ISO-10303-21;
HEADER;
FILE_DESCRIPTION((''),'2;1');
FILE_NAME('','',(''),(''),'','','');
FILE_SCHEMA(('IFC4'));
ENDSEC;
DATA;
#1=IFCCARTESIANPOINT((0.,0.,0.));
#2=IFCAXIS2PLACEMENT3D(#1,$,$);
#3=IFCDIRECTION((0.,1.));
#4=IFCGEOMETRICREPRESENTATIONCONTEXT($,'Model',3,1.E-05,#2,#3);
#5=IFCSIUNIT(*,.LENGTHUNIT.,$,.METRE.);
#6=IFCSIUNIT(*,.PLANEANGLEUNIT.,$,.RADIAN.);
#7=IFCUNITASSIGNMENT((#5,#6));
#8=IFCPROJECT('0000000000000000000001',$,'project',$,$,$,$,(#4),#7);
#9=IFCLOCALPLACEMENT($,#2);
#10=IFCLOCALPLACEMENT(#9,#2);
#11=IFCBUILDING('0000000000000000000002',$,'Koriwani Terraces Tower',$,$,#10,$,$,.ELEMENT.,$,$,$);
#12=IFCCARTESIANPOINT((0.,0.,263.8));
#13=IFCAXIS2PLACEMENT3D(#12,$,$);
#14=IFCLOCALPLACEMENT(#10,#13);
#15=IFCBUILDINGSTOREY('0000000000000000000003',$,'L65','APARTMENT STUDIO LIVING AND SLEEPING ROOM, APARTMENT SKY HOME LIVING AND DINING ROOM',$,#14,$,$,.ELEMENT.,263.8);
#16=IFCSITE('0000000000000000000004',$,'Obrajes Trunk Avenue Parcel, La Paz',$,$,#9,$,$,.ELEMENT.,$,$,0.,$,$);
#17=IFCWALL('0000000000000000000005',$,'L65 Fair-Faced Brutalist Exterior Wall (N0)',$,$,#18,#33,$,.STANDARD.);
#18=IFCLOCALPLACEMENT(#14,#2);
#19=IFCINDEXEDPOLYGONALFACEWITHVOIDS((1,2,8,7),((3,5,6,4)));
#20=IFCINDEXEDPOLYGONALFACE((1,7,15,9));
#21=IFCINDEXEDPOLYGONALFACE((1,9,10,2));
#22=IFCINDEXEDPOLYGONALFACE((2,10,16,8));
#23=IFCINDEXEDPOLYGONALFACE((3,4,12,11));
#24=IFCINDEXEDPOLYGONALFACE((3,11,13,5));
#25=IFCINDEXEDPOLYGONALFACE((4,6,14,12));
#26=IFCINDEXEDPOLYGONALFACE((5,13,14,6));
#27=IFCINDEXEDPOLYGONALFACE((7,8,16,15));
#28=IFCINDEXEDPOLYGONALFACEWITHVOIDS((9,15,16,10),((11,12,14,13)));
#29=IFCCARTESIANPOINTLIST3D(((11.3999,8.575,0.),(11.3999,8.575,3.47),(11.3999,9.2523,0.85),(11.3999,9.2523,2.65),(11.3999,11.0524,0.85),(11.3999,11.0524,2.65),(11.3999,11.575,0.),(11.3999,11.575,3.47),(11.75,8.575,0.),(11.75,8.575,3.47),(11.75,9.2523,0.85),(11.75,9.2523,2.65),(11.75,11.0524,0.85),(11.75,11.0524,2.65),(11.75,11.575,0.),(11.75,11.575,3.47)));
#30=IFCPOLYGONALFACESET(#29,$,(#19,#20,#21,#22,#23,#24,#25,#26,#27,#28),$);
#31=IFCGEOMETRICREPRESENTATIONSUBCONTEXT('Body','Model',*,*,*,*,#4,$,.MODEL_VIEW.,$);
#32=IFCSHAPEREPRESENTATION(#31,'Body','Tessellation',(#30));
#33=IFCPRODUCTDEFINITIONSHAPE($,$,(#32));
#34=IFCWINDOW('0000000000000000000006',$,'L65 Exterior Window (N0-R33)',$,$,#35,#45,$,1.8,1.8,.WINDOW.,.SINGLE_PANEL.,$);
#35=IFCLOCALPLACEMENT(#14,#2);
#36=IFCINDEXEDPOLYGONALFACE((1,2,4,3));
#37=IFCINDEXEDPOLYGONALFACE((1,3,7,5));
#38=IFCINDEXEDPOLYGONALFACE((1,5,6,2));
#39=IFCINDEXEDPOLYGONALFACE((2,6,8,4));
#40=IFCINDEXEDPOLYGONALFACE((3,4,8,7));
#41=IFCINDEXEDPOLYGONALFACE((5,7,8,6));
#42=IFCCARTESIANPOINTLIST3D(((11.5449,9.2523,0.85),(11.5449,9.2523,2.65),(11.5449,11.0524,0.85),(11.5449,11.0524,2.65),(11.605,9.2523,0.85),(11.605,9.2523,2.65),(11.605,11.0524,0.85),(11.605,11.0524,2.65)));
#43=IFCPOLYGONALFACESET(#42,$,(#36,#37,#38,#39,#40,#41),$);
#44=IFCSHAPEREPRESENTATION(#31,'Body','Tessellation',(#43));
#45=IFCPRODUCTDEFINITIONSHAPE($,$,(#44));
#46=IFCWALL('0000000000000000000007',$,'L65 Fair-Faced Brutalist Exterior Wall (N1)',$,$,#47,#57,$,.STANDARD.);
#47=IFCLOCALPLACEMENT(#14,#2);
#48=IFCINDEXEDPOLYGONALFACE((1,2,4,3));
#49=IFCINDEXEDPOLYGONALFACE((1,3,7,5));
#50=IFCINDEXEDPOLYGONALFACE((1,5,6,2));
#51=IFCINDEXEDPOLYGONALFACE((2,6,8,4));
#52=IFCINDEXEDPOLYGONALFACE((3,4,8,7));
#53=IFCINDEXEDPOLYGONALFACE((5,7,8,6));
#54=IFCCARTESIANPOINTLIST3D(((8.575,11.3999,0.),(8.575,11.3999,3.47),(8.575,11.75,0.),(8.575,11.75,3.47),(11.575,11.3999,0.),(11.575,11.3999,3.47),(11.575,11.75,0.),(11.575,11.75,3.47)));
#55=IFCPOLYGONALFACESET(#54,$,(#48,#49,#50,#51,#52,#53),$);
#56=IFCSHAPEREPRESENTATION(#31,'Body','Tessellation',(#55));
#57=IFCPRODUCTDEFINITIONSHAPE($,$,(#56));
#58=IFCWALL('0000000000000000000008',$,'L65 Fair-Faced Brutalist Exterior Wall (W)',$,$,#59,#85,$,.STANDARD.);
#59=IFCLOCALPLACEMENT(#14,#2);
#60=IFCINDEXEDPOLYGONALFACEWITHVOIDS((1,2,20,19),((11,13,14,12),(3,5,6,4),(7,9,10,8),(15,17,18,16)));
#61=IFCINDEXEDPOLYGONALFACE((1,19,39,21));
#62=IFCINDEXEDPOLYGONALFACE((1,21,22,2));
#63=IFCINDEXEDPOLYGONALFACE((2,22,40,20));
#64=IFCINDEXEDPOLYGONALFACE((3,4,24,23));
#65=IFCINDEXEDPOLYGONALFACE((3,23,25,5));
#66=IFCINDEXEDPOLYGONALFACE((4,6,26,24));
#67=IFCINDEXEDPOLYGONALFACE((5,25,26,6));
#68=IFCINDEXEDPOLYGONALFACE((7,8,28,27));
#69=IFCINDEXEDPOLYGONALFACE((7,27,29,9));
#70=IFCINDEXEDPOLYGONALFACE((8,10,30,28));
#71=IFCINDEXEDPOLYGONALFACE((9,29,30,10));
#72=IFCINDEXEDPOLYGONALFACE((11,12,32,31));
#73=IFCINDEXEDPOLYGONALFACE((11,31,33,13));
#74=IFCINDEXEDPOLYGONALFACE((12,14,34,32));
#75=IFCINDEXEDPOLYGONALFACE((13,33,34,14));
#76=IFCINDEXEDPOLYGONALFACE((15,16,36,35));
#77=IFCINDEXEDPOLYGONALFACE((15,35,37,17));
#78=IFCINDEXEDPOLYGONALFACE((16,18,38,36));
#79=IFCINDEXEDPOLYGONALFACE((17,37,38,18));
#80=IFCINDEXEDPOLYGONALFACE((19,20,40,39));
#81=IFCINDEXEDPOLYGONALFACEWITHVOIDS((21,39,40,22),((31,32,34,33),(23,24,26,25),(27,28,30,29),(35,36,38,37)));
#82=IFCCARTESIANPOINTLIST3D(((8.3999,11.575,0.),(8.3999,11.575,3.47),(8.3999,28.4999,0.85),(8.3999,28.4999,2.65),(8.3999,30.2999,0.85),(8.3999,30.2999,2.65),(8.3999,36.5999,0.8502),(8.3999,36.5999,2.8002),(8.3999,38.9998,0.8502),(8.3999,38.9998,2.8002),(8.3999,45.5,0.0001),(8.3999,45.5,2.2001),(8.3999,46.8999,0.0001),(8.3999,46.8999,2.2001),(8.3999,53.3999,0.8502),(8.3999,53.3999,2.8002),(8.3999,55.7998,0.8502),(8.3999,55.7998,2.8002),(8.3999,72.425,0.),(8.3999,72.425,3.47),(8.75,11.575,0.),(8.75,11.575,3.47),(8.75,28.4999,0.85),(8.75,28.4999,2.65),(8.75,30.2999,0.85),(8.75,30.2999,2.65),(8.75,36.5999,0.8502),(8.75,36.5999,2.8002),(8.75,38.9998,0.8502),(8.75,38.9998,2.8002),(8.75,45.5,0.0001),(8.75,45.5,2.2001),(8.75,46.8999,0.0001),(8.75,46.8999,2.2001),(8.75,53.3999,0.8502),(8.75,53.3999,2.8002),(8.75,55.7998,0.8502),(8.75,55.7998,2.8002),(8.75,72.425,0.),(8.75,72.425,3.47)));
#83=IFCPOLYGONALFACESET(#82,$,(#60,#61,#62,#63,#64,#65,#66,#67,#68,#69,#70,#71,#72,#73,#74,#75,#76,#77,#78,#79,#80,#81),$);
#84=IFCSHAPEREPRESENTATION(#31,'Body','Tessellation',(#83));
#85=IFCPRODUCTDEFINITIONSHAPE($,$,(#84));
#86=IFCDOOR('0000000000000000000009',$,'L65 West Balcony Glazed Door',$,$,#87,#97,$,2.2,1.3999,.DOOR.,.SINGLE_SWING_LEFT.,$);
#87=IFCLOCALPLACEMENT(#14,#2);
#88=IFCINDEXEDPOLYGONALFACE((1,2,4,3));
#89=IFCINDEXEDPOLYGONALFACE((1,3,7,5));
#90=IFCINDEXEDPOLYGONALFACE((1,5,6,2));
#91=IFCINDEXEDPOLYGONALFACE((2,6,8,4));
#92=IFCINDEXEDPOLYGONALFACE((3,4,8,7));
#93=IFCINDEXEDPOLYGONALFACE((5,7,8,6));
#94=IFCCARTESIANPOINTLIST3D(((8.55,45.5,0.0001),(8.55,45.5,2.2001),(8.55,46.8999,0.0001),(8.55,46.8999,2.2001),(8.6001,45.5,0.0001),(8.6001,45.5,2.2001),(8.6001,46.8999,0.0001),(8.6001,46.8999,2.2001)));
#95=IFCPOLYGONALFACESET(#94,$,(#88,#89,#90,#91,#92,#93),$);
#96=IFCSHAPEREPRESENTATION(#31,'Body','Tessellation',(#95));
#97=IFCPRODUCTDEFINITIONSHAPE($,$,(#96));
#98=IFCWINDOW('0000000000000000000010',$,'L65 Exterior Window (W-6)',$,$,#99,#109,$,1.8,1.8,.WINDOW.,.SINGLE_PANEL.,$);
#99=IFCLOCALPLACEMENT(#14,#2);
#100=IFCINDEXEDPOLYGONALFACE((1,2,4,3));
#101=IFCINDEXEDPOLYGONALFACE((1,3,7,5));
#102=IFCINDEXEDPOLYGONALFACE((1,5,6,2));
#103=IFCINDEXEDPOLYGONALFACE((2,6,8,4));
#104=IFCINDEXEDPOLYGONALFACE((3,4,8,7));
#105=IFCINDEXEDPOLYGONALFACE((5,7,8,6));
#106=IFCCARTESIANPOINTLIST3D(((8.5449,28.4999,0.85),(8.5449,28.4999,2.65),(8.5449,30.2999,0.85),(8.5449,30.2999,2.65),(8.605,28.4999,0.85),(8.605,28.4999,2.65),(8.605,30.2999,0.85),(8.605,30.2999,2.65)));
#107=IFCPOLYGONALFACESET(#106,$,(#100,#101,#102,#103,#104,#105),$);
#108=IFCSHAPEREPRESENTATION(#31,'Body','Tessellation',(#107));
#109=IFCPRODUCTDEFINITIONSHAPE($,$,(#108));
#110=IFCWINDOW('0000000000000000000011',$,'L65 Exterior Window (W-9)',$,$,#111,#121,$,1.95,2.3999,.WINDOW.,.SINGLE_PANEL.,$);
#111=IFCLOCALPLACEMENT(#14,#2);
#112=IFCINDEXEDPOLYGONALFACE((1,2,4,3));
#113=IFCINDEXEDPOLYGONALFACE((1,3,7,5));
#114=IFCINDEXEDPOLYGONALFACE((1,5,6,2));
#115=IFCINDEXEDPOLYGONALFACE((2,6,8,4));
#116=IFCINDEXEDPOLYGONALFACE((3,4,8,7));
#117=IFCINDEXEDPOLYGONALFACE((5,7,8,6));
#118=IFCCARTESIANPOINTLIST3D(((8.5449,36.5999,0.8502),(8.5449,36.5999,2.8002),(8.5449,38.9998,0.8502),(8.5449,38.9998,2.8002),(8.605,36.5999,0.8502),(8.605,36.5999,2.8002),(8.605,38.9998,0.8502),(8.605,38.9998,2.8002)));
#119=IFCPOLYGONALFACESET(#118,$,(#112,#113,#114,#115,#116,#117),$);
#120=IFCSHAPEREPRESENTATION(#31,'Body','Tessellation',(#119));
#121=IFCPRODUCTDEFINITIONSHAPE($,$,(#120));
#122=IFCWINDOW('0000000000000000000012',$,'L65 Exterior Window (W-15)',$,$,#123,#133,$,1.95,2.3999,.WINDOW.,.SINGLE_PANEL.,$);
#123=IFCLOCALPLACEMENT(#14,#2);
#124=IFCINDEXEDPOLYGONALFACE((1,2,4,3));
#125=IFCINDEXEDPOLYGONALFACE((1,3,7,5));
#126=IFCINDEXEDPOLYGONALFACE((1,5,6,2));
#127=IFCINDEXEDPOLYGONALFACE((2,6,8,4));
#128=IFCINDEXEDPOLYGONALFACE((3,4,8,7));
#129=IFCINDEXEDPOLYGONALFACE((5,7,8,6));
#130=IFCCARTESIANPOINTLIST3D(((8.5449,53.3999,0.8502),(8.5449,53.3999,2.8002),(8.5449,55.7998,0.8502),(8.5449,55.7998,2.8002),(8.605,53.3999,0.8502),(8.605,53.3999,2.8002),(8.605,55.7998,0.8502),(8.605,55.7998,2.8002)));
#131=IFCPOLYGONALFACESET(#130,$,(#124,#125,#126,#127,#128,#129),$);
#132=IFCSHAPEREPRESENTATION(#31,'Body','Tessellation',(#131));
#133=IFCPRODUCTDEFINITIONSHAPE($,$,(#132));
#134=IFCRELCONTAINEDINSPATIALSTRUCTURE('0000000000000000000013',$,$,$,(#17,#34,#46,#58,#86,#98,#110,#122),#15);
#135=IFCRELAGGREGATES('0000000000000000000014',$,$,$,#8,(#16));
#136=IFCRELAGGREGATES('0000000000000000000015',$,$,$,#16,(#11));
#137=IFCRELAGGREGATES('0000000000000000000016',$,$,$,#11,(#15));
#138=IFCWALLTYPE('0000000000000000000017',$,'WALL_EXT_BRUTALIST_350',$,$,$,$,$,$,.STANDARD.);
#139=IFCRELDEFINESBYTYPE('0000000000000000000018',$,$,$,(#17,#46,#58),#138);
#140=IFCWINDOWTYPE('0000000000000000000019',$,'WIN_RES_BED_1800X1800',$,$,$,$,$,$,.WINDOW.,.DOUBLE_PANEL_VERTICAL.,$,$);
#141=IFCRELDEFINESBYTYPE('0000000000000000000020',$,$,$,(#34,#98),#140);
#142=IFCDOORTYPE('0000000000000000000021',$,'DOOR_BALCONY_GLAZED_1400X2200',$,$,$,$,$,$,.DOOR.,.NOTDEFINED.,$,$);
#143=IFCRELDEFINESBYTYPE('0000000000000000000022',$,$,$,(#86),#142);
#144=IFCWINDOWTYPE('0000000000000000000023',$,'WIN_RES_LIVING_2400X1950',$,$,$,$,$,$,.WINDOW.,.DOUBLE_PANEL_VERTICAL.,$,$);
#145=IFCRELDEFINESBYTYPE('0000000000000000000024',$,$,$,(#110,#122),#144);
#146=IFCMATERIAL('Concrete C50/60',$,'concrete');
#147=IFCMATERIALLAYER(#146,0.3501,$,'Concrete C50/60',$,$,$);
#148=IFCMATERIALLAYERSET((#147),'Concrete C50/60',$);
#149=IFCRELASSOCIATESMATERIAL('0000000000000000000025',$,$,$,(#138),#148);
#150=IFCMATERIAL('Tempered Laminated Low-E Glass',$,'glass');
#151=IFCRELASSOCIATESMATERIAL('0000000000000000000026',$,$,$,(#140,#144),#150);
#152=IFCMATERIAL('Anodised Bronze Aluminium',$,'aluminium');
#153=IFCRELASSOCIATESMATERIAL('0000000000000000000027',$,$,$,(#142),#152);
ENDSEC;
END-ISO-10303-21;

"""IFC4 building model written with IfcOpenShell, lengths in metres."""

from ifc_helpers import new_model, si_unit, direction, frame, frame_2d, origin, place, context, subcontext, project, spatial, rectangle, extrude, material, layer, layer_set, type_object, element, fill, save


model = new_model("IFC4")

# Units and contexts
model_context = context("Model", 3, precision=1e-05, world=origin(), true_north=direction((0.0, 1.0)))
body_context = subcontext(model_context, "Body", "Model", "MODEL_VIEW")
ifc_project = project(units=[si_unit("LENGTHUNIT", "METRE"), si_unit("PLANEANGLEUNIT", "RADIAN")], contexts=[model_context])

# Site, building, storey
site_placement = place(None, origin())
site = spatial("IfcSite", under=ifc_project, at=site_placement, Name="Obrajes Trunk Avenue Parcel, La Paz", CompositionType="ELEMENT", RefElevation=0.0)
building_placement = place(site_placement, origin())
building = spatial("IfcBuilding", under=site, at=building_placement, Name="Koriwani Terraces Tower", CompositionType="ELEMENT")
storey_placement = place(building_placement, frame((0.0, 0.0, 263.8)))
storey = spatial("IfcBuildingStorey", under=building, at=storey_placement, Name="L65", Description="APARTMENT STUDIO LIVING AND SLEEPING ROOM, APARTMENT SKY HOME LIVING AND DINING ROOM", CompositionType="ELEMENT", Elevation=263.8)

# Shared definitions
ifc_material_1 = material(Name="Concrete C50/60", Category="concrete")

# Wall, opening, window
ifc_layer_1 = layer(ifc_material_1, 0.3501, Name="Concrete C50/60")
ifc_layer_set_1 = layer_set([ifc_layer_1], Name="Concrete C50/60")
wall_type_1 = type_object("IfcWallType", Name="WALL_EXT_BRUTALIST_350", PredefinedType="STANDARD", material=ifc_layer_set_1)
wall_1_placement = place(storey_placement, frame((11.575, 8.575, 0.0), z_axis=(0.0, 0.0, 1.0), x_axis=(0.0, 1.0, 0.0)))
wall_1 = element("IfcWall", 1, at=wall_1_placement, inside=storey, type_object=wall_type_1, Name="L65 Fair-Faced Brutalist Exterior Wall (N0)", PredefinedType="STANDARD", context=body_context, shape_type="SweptSolid", body=[
    extrude(rectangle(XDim=3.0, YDim=0.3501, at=frame_2d((1.5, 0.0))), origin(), (0.0, 0.0, 1.0), 3.47),
])
opening_1_placement = place(wall_1_placement, frame((0.6775, 0.0, 0.8501)))
opening_1 = element("IfcOpeningElement", 2, at=opening_1_placement, cuts=wall_1, PredefinedType="OPENING", context=body_context, shape_type="SweptSolid", body=[
    extrude(rectangle(XDim=1.8, YDim=1.8, at=frame_2d((0.8999, 0.8999))), frame((0.0, 0.1851, 0.0), z_axis=(0.0, -1.0, 0.0), x_axis=(1.0, 0.0, 0.0)), (0.0, 0.0, 1.0), 0.3701),
])
ifc_material_2 = material(Name="Tempered Laminated Low-E Glass", Category="glass")
window_type_1 = type_object("IfcWindowType", Name="WIN_RES_BED_1800X1800", PartitioningType="DOUBLE_PANEL_VERTICAL", PredefinedType="WINDOW", material=ifc_material_2)
window_1_placement = place(opening_1_placement, origin())
window_1 = element("IfcWindow", 3, at=window_1_placement, inside=storey, type_object=window_type_1, Name="L65 Exterior Window (N0-R33)", OverallHeight=1.8, OverallWidth=1.8, PartitioningType="SINGLE_PANEL", PredefinedType="WINDOW", context=body_context, shape_type="SweptSolid", body=[
    extrude(rectangle(XDim=1.8, YDim=1.8, at=frame_2d((0.8999, 0.8999))), frame((0.0, 0.03, 0.0), z_axis=(0.0, -1.0, 0.0), x_axis=(1.0, 0.0, 0.0)), (0.0, 0.0, 1.0), 0.0601),
])
fill(opening_1, window_1)

# Wall
wall_2_placement = place(storey_placement, frame((11.575, 11.575, 0.0), z_axis=(0.0, 0.0, 1.0), x_axis=(-1.0, 0.0, 0.0)))
element("IfcWall", 4, at=wall_2_placement, inside=storey, type_object=wall_type_1, Name="L65 Fair-Faced Brutalist Exterior Wall (N1)", PredefinedType="STANDARD", context=body_context, shape_type="SweptSolid", body=[
    extrude(rectangle(XDim=3.0, YDim=0.3501, at=frame_2d((1.5, 0.0))), origin(), (0.0, 0.0, 1.0), 3.47),
])

# Wall, openings, door, windows
wall_3_placement = place(storey_placement, frame((8.575, 11.575, 0.0), z_axis=(0.0, 0.0, 1.0), x_axis=(0.0, 1.0, 0.0)))
wall_3 = element("IfcWall", 5, at=wall_3_placement, inside=storey, type_object=wall_type_1, Name="L65 Fair-Faced Brutalist Exterior Wall (W)", PredefinedType="STANDARD", context=body_context, shape_type="SweptSolid", body=[
    extrude(rectangle(XDim=60.8501, YDim=0.3501, at=frame_2d((30.425, 0.0))), origin(), (0.0, 0.0, 1.0), 3.47),
])
opening_2_placement = place(wall_3_placement, frame((33.925, 0.0, 0.0)))
opening_2 = element("IfcOpeningElement", 6, at=opening_2_placement, cuts=wall_3, PredefinedType="OPENING", context=body_context, shape_type="SweptSolid", body=[
    extrude(rectangle(XDim=1.3999, YDim=2.2, at=frame_2d((0.7, 1.1001))), frame((0.0, 0.1851, 0.0), z_axis=(0.0, -1.0, 0.0), x_axis=(1.0, 0.0, 0.0)), (0.0, 0.0, 1.0), 0.3701),
])
opening_3_placement = place(wall_3_placement, frame((16.925, 0.0, 0.8501)))
opening_3 = element("IfcOpeningElement", 7, at=opening_3_placement, cuts=wall_3, PredefinedType="OPENING", context=body_context, shape_type="SweptSolid", body=[
    extrude(rectangle(XDim=1.8, YDim=1.8, at=frame_2d((0.8999, 0.8999))), frame((0.0, 0.1851, 0.0), z_axis=(0.0, -1.0, 0.0), x_axis=(1.0, 0.0, 0.0)), (0.0, 0.0, 1.0), 0.3701),
])
opening_4_placement = place(wall_3_placement, frame((25.0249, 0.0, 0.8501)))
opening_4 = element("IfcOpeningElement", 8, at=opening_4_placement, cuts=wall_3, PredefinedType="OPENING", context=body_context, shape_type="SweptSolid", body=[
    extrude(rectangle(XDim=2.3999, YDim=1.95, at=frame_2d((1.2, 0.9751))), frame((0.0, 0.1851, 0.0), z_axis=(0.0, -1.0, 0.0), x_axis=(1.0, 0.0, 0.0)), (0.0, 0.0, 1.0), 0.3701),
])
opening_5_placement = place(wall_3_placement, frame((41.825, 0.0, 0.8501)))
opening_5 = element("IfcOpeningElement", 9, at=opening_5_placement, cuts=wall_3, PredefinedType="OPENING", context=body_context, shape_type="SweptSolid", body=[
    extrude(rectangle(XDim=2.3999, YDim=1.95, at=frame_2d((1.2, 0.9751))), frame((0.0, 0.1851, 0.0), z_axis=(0.0, -1.0, 0.0), x_axis=(1.0, 0.0, 0.0)), (0.0, 0.0, 1.0), 0.3701),
])
ifc_material_3 = material(Name="Anodised Bronze Aluminium", Category="aluminium")
door_type_1 = type_object("IfcDoorType", Name="DOOR_BALCONY_GLAZED_1400X2200", OperationType="NOTDEFINED", PredefinedType="DOOR", material=ifc_material_3)
door_1_placement = place(opening_2_placement, origin())
door_1 = element("IfcDoor", 10, at=door_1_placement, inside=storey, type_object=door_type_1, Name="L65 West Balcony Glazed Door", OperationType="SINGLE_SWING_LEFT", OverallHeight=2.2, OverallWidth=1.3999, PredefinedType="DOOR", context=body_context, shape_type="SweptSolid", body=[
    extrude(rectangle(XDim=1.3999, YDim=2.2, at=frame_2d((0.7, 1.1001))), frame((0.0, 0.0249, 0.0), z_axis=(0.0, -1.0, 0.0), x_axis=(1.0, 0.0, 0.0)), (0.0, 0.0, 1.0), 0.05),
])
fill(opening_2, door_1)
window_2_placement = place(opening_3_placement, origin())
window_2 = element("IfcWindow", 11, at=window_2_placement, inside=storey, type_object=window_type_1, Name="L65 Exterior Window (W-6)", OverallHeight=1.8, OverallWidth=1.8, PartitioningType="SINGLE_PANEL", PredefinedType="WINDOW", context=body_context, shape_type="SweptSolid", body=[
    extrude(rectangle(XDim=1.8, YDim=1.8, at=frame_2d((0.8999, 0.8999))), frame((0.0, 0.03, 0.0), z_axis=(0.0, -1.0, 0.0), x_axis=(1.0, 0.0, 0.0)), (0.0, 0.0, 1.0), 0.0601),
])
fill(opening_3, window_2)
window_type_2 = type_object("IfcWindowType", Name="WIN_RES_LIVING_2400X1950", PartitioningType="DOUBLE_PANEL_VERTICAL", PredefinedType="WINDOW", material=ifc_material_2)
window_3_placement = place(opening_4_placement, origin())
window_3 = element("IfcWindow", 12, at=window_3_placement, inside=storey, type_object=window_type_2, Name="L65 Exterior Window (W-9)", OverallHeight=1.95, OverallWidth=2.3999, PartitioningType="SINGLE_PANEL", PredefinedType="WINDOW", context=body_context, shape_type="SweptSolid", body=[
    extrude(rectangle(XDim=2.3999, YDim=1.95, at=frame_2d((1.2, 0.9751))), frame((0.0, 0.03, 0.0), z_axis=(0.0, -1.0, 0.0), x_axis=(1.0, 0.0, 0.0)), (0.0, 0.0, 1.0), 0.0601),
])
fill(opening_4, window_3)
window_4_placement = place(opening_5_placement, origin())
window_4 = element("IfcWindow", 13, at=window_4_placement, inside=storey, type_object=window_type_2, Name="L65 Exterior Window (W-15)", OverallHeight=1.95, OverallWidth=2.3999, PartitioningType="SINGLE_PANEL", PredefinedType="WINDOW", context=body_context, shape_type="SweptSolid", body=[
    extrude(rectangle(XDim=2.3999, YDim=1.95, at=frame_2d((1.2, 0.9751))), frame((0.0, 0.03, 0.0), z_axis=(0.0, -1.0, 0.0), x_axis=(1.0, 0.0, 0.0)), (0.0, 0.0, 1.0), 0.0601),
])
fill(opening_5, window_4)

save(model, "model.ifc")
